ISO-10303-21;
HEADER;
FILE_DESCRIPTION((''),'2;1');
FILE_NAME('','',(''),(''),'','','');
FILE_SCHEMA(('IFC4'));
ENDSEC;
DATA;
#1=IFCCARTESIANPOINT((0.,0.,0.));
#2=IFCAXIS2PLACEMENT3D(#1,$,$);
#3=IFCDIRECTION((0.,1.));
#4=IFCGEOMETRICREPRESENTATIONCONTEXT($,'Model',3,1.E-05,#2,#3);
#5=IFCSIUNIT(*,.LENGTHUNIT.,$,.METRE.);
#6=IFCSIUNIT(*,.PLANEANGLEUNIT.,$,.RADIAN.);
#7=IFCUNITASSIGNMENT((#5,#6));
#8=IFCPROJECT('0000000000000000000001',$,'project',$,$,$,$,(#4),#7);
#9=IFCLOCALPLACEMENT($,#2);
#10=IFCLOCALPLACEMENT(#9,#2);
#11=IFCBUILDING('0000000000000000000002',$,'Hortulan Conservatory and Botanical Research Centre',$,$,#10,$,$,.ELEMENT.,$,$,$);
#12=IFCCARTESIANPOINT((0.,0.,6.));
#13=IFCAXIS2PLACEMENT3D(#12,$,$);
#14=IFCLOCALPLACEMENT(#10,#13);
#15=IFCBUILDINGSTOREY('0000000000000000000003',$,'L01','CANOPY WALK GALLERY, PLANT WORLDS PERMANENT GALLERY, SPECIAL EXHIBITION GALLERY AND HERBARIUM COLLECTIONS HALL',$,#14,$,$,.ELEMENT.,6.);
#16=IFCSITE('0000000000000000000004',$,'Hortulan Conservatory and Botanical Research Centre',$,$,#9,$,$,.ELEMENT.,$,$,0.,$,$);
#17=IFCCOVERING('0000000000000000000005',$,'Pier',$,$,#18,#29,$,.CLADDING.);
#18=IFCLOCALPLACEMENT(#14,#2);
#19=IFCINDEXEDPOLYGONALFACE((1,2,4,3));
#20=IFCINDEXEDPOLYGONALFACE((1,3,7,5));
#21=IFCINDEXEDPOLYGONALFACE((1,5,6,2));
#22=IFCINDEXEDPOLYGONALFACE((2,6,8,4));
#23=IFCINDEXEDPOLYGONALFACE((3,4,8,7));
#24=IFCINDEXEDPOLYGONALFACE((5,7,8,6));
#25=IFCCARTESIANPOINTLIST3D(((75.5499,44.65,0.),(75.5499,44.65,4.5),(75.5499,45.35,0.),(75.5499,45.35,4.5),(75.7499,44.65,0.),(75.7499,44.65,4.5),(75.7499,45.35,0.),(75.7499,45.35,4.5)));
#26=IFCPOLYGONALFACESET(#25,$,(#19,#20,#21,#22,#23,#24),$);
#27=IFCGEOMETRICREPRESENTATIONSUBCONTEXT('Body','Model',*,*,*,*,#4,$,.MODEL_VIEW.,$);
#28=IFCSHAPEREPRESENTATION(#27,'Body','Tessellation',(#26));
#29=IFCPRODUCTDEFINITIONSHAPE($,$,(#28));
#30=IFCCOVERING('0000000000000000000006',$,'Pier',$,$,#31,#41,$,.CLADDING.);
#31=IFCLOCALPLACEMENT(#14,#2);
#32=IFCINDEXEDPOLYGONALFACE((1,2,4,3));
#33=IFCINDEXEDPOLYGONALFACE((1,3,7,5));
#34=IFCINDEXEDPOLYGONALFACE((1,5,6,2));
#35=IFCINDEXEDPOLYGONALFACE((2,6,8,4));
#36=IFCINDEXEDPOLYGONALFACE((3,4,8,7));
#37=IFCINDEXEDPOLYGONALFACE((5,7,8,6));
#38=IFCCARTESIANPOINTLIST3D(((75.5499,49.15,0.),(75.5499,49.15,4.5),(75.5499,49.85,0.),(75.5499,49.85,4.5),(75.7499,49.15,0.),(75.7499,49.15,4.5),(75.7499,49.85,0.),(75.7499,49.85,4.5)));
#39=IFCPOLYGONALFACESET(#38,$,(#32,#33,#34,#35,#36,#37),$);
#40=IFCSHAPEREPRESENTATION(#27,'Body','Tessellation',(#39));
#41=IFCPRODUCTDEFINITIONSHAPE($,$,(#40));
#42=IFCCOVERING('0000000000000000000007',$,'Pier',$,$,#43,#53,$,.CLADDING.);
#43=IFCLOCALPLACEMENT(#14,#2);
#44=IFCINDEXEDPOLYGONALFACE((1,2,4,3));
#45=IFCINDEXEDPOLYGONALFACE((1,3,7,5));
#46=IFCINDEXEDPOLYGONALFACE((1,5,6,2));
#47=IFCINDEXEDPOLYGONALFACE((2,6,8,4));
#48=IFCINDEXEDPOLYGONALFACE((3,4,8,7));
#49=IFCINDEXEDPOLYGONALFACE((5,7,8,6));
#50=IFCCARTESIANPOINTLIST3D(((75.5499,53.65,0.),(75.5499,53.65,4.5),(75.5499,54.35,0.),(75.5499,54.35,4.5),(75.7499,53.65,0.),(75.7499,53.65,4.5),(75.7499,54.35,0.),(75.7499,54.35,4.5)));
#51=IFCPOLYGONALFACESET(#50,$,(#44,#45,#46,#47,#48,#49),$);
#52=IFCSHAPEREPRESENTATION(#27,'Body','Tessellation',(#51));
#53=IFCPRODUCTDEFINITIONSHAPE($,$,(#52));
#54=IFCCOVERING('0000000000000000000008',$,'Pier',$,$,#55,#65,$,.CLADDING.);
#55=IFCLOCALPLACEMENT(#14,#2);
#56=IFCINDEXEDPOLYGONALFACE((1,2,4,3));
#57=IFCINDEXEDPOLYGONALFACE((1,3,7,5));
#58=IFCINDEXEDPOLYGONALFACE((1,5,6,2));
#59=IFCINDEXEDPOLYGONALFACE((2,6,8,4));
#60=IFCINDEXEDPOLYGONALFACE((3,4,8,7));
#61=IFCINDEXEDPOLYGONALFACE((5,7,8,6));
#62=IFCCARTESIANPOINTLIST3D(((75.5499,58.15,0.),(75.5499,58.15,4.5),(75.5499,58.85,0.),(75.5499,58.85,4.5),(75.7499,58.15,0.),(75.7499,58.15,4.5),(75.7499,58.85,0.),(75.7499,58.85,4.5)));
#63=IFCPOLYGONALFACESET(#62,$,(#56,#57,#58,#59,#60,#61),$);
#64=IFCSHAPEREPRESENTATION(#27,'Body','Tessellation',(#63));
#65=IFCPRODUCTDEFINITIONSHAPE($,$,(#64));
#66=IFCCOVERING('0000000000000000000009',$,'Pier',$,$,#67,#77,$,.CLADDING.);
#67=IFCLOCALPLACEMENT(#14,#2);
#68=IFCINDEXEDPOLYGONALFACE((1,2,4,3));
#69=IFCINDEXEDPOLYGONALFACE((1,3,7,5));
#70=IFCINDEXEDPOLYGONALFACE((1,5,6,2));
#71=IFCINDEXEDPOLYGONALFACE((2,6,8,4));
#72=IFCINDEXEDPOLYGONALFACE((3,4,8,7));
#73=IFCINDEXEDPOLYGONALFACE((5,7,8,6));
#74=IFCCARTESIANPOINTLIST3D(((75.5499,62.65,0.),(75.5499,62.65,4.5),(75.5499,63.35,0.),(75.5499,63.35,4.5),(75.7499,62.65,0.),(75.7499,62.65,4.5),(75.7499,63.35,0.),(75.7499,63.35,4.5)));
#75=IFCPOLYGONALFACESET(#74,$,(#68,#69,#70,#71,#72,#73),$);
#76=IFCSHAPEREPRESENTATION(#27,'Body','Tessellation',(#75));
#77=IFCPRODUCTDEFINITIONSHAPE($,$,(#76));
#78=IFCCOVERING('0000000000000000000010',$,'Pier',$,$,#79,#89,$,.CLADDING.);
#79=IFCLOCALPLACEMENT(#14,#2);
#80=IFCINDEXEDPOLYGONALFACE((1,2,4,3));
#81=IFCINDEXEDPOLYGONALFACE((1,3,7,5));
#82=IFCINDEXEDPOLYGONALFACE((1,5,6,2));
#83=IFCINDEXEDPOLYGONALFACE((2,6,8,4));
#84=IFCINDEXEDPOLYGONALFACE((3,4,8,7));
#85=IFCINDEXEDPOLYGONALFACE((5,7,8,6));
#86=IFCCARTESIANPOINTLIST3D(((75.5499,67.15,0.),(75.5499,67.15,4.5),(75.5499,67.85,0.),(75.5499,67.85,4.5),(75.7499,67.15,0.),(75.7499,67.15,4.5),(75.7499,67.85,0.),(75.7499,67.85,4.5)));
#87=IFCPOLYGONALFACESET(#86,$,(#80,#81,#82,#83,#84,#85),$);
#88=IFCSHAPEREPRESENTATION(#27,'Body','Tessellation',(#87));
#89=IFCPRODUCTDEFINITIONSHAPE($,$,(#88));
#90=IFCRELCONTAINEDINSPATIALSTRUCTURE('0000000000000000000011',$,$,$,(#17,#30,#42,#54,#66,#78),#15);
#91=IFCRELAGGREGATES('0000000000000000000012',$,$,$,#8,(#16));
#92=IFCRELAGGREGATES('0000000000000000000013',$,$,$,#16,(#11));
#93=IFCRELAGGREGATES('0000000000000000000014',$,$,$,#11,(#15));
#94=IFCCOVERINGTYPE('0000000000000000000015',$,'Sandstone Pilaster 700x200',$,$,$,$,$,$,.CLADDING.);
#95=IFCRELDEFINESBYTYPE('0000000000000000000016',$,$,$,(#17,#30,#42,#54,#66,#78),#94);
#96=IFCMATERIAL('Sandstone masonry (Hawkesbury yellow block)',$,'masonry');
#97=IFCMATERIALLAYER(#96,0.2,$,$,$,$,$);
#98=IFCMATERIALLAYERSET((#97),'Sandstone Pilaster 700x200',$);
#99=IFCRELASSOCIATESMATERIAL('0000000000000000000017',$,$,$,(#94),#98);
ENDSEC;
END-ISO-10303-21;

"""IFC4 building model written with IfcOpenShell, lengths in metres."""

from ifc_helpers import new_model, si_unit, direction, frame, origin, origin_2d, place, context, subcontext, project, spatial, rectangle, extrude, material, layer, layer_set, type_object, element, save


model = new_model("IFC4")

# Units and contexts
model_context = context("Model", 3, precision=1e-05, world=origin(), true_north=direction((0.0, 1.0)))
body_context = subcontext(model_context, "Body", "Model", "MODEL_VIEW")
ifc_project = project(units=[si_unit("LENGTHUNIT", "METRE"), si_unit("PLANEANGLEUNIT", "RADIAN")], contexts=[model_context])

# Site, building, storey
site_placement = place(None, origin())
site = spatial("IfcSite", under=ifc_project, at=site_placement, Name="Hortulan Conservatory and Botanical Research Centre", CompositionType="ELEMENT", RefElevation=0.0)
building_placement = place(site_placement, origin())
building = spatial("IfcBuilding", under=site, at=building_placement, Name="Hortulan Conservatory and Botanical Research Centre", CompositionType="ELEMENT")
storey_placement = place(building_placement, frame((0.0, 0.0, 6.0)))
storey = spatial("IfcBuildingStorey", under=building, at=storey_placement, Name="L01", Description="CANOPY WALK GALLERY, PLANT WORLDS PERMANENT GALLERY, SPECIAL EXHIBITION GALLERY AND HERBARIUM COLLECTIONS HALL", CompositionType="ELEMENT", Elevation=6.0)

# Shared definitions
ifc_material_1 = material(Name="Sandstone masonry (Hawkesbury yellow block)", Category="masonry")

# Coverings
ifc_layer_1 = layer(ifc_material_1, 0.2)
ifc_layer_set_1 = layer_set([ifc_layer_1], Name="Sandstone Pilaster 700x200")
covering_type = type_object("IfcCoveringType", Name="Sandstone Pilaster 700x200", PredefinedType="CLADDING", material=ifc_layer_set_1)
for number, where, z_axis, x_axis, name in (
    (1, (75.6499, 45.0, 0.0), (0.0, 0.0, 1.0), (0.0, 1.0, 0.0), "Pier"),
    (2, (75.6499, 49.5, 0.0), (0.0, 0.0, 1.0), (0.0, 1.0, 0.0), "Pier"),
    (3, (75.6499, 54.0, 0.0), (0.0, 0.0, 1.0), (0.0, 1.0, 0.0), "Pier"),
    (4, (75.6499, 58.5, 0.0), (0.0, 0.0, 1.0), (0.0, 1.0, 0.0), "Pier"),
    (5, (75.6499, 63.0, 0.0), (0.0, 0.0, 1.0), (0.0, 1.0, 0.0), "Pier"),
    (6, (75.6499, 67.5, 0.0), (0.0, 0.0, 1.0), (0.0, 1.0, 0.0), "Pier"),
):
    element("IfcCovering", number, at=place(storey_placement, frame(where, z_axis=z_axis, x_axis=x_axis)), inside=storey, type_object=covering_type, Name=name, PredefinedType="CLADDING", context=body_context, shape_type="SweptSolid", body=[
        extrude(rectangle(XDim=0.7, YDim=0.2, at=origin_2d()), origin(), (0.0, 0.0, 1.0), 4.5),
    ])

save(model, "model.ifc")
